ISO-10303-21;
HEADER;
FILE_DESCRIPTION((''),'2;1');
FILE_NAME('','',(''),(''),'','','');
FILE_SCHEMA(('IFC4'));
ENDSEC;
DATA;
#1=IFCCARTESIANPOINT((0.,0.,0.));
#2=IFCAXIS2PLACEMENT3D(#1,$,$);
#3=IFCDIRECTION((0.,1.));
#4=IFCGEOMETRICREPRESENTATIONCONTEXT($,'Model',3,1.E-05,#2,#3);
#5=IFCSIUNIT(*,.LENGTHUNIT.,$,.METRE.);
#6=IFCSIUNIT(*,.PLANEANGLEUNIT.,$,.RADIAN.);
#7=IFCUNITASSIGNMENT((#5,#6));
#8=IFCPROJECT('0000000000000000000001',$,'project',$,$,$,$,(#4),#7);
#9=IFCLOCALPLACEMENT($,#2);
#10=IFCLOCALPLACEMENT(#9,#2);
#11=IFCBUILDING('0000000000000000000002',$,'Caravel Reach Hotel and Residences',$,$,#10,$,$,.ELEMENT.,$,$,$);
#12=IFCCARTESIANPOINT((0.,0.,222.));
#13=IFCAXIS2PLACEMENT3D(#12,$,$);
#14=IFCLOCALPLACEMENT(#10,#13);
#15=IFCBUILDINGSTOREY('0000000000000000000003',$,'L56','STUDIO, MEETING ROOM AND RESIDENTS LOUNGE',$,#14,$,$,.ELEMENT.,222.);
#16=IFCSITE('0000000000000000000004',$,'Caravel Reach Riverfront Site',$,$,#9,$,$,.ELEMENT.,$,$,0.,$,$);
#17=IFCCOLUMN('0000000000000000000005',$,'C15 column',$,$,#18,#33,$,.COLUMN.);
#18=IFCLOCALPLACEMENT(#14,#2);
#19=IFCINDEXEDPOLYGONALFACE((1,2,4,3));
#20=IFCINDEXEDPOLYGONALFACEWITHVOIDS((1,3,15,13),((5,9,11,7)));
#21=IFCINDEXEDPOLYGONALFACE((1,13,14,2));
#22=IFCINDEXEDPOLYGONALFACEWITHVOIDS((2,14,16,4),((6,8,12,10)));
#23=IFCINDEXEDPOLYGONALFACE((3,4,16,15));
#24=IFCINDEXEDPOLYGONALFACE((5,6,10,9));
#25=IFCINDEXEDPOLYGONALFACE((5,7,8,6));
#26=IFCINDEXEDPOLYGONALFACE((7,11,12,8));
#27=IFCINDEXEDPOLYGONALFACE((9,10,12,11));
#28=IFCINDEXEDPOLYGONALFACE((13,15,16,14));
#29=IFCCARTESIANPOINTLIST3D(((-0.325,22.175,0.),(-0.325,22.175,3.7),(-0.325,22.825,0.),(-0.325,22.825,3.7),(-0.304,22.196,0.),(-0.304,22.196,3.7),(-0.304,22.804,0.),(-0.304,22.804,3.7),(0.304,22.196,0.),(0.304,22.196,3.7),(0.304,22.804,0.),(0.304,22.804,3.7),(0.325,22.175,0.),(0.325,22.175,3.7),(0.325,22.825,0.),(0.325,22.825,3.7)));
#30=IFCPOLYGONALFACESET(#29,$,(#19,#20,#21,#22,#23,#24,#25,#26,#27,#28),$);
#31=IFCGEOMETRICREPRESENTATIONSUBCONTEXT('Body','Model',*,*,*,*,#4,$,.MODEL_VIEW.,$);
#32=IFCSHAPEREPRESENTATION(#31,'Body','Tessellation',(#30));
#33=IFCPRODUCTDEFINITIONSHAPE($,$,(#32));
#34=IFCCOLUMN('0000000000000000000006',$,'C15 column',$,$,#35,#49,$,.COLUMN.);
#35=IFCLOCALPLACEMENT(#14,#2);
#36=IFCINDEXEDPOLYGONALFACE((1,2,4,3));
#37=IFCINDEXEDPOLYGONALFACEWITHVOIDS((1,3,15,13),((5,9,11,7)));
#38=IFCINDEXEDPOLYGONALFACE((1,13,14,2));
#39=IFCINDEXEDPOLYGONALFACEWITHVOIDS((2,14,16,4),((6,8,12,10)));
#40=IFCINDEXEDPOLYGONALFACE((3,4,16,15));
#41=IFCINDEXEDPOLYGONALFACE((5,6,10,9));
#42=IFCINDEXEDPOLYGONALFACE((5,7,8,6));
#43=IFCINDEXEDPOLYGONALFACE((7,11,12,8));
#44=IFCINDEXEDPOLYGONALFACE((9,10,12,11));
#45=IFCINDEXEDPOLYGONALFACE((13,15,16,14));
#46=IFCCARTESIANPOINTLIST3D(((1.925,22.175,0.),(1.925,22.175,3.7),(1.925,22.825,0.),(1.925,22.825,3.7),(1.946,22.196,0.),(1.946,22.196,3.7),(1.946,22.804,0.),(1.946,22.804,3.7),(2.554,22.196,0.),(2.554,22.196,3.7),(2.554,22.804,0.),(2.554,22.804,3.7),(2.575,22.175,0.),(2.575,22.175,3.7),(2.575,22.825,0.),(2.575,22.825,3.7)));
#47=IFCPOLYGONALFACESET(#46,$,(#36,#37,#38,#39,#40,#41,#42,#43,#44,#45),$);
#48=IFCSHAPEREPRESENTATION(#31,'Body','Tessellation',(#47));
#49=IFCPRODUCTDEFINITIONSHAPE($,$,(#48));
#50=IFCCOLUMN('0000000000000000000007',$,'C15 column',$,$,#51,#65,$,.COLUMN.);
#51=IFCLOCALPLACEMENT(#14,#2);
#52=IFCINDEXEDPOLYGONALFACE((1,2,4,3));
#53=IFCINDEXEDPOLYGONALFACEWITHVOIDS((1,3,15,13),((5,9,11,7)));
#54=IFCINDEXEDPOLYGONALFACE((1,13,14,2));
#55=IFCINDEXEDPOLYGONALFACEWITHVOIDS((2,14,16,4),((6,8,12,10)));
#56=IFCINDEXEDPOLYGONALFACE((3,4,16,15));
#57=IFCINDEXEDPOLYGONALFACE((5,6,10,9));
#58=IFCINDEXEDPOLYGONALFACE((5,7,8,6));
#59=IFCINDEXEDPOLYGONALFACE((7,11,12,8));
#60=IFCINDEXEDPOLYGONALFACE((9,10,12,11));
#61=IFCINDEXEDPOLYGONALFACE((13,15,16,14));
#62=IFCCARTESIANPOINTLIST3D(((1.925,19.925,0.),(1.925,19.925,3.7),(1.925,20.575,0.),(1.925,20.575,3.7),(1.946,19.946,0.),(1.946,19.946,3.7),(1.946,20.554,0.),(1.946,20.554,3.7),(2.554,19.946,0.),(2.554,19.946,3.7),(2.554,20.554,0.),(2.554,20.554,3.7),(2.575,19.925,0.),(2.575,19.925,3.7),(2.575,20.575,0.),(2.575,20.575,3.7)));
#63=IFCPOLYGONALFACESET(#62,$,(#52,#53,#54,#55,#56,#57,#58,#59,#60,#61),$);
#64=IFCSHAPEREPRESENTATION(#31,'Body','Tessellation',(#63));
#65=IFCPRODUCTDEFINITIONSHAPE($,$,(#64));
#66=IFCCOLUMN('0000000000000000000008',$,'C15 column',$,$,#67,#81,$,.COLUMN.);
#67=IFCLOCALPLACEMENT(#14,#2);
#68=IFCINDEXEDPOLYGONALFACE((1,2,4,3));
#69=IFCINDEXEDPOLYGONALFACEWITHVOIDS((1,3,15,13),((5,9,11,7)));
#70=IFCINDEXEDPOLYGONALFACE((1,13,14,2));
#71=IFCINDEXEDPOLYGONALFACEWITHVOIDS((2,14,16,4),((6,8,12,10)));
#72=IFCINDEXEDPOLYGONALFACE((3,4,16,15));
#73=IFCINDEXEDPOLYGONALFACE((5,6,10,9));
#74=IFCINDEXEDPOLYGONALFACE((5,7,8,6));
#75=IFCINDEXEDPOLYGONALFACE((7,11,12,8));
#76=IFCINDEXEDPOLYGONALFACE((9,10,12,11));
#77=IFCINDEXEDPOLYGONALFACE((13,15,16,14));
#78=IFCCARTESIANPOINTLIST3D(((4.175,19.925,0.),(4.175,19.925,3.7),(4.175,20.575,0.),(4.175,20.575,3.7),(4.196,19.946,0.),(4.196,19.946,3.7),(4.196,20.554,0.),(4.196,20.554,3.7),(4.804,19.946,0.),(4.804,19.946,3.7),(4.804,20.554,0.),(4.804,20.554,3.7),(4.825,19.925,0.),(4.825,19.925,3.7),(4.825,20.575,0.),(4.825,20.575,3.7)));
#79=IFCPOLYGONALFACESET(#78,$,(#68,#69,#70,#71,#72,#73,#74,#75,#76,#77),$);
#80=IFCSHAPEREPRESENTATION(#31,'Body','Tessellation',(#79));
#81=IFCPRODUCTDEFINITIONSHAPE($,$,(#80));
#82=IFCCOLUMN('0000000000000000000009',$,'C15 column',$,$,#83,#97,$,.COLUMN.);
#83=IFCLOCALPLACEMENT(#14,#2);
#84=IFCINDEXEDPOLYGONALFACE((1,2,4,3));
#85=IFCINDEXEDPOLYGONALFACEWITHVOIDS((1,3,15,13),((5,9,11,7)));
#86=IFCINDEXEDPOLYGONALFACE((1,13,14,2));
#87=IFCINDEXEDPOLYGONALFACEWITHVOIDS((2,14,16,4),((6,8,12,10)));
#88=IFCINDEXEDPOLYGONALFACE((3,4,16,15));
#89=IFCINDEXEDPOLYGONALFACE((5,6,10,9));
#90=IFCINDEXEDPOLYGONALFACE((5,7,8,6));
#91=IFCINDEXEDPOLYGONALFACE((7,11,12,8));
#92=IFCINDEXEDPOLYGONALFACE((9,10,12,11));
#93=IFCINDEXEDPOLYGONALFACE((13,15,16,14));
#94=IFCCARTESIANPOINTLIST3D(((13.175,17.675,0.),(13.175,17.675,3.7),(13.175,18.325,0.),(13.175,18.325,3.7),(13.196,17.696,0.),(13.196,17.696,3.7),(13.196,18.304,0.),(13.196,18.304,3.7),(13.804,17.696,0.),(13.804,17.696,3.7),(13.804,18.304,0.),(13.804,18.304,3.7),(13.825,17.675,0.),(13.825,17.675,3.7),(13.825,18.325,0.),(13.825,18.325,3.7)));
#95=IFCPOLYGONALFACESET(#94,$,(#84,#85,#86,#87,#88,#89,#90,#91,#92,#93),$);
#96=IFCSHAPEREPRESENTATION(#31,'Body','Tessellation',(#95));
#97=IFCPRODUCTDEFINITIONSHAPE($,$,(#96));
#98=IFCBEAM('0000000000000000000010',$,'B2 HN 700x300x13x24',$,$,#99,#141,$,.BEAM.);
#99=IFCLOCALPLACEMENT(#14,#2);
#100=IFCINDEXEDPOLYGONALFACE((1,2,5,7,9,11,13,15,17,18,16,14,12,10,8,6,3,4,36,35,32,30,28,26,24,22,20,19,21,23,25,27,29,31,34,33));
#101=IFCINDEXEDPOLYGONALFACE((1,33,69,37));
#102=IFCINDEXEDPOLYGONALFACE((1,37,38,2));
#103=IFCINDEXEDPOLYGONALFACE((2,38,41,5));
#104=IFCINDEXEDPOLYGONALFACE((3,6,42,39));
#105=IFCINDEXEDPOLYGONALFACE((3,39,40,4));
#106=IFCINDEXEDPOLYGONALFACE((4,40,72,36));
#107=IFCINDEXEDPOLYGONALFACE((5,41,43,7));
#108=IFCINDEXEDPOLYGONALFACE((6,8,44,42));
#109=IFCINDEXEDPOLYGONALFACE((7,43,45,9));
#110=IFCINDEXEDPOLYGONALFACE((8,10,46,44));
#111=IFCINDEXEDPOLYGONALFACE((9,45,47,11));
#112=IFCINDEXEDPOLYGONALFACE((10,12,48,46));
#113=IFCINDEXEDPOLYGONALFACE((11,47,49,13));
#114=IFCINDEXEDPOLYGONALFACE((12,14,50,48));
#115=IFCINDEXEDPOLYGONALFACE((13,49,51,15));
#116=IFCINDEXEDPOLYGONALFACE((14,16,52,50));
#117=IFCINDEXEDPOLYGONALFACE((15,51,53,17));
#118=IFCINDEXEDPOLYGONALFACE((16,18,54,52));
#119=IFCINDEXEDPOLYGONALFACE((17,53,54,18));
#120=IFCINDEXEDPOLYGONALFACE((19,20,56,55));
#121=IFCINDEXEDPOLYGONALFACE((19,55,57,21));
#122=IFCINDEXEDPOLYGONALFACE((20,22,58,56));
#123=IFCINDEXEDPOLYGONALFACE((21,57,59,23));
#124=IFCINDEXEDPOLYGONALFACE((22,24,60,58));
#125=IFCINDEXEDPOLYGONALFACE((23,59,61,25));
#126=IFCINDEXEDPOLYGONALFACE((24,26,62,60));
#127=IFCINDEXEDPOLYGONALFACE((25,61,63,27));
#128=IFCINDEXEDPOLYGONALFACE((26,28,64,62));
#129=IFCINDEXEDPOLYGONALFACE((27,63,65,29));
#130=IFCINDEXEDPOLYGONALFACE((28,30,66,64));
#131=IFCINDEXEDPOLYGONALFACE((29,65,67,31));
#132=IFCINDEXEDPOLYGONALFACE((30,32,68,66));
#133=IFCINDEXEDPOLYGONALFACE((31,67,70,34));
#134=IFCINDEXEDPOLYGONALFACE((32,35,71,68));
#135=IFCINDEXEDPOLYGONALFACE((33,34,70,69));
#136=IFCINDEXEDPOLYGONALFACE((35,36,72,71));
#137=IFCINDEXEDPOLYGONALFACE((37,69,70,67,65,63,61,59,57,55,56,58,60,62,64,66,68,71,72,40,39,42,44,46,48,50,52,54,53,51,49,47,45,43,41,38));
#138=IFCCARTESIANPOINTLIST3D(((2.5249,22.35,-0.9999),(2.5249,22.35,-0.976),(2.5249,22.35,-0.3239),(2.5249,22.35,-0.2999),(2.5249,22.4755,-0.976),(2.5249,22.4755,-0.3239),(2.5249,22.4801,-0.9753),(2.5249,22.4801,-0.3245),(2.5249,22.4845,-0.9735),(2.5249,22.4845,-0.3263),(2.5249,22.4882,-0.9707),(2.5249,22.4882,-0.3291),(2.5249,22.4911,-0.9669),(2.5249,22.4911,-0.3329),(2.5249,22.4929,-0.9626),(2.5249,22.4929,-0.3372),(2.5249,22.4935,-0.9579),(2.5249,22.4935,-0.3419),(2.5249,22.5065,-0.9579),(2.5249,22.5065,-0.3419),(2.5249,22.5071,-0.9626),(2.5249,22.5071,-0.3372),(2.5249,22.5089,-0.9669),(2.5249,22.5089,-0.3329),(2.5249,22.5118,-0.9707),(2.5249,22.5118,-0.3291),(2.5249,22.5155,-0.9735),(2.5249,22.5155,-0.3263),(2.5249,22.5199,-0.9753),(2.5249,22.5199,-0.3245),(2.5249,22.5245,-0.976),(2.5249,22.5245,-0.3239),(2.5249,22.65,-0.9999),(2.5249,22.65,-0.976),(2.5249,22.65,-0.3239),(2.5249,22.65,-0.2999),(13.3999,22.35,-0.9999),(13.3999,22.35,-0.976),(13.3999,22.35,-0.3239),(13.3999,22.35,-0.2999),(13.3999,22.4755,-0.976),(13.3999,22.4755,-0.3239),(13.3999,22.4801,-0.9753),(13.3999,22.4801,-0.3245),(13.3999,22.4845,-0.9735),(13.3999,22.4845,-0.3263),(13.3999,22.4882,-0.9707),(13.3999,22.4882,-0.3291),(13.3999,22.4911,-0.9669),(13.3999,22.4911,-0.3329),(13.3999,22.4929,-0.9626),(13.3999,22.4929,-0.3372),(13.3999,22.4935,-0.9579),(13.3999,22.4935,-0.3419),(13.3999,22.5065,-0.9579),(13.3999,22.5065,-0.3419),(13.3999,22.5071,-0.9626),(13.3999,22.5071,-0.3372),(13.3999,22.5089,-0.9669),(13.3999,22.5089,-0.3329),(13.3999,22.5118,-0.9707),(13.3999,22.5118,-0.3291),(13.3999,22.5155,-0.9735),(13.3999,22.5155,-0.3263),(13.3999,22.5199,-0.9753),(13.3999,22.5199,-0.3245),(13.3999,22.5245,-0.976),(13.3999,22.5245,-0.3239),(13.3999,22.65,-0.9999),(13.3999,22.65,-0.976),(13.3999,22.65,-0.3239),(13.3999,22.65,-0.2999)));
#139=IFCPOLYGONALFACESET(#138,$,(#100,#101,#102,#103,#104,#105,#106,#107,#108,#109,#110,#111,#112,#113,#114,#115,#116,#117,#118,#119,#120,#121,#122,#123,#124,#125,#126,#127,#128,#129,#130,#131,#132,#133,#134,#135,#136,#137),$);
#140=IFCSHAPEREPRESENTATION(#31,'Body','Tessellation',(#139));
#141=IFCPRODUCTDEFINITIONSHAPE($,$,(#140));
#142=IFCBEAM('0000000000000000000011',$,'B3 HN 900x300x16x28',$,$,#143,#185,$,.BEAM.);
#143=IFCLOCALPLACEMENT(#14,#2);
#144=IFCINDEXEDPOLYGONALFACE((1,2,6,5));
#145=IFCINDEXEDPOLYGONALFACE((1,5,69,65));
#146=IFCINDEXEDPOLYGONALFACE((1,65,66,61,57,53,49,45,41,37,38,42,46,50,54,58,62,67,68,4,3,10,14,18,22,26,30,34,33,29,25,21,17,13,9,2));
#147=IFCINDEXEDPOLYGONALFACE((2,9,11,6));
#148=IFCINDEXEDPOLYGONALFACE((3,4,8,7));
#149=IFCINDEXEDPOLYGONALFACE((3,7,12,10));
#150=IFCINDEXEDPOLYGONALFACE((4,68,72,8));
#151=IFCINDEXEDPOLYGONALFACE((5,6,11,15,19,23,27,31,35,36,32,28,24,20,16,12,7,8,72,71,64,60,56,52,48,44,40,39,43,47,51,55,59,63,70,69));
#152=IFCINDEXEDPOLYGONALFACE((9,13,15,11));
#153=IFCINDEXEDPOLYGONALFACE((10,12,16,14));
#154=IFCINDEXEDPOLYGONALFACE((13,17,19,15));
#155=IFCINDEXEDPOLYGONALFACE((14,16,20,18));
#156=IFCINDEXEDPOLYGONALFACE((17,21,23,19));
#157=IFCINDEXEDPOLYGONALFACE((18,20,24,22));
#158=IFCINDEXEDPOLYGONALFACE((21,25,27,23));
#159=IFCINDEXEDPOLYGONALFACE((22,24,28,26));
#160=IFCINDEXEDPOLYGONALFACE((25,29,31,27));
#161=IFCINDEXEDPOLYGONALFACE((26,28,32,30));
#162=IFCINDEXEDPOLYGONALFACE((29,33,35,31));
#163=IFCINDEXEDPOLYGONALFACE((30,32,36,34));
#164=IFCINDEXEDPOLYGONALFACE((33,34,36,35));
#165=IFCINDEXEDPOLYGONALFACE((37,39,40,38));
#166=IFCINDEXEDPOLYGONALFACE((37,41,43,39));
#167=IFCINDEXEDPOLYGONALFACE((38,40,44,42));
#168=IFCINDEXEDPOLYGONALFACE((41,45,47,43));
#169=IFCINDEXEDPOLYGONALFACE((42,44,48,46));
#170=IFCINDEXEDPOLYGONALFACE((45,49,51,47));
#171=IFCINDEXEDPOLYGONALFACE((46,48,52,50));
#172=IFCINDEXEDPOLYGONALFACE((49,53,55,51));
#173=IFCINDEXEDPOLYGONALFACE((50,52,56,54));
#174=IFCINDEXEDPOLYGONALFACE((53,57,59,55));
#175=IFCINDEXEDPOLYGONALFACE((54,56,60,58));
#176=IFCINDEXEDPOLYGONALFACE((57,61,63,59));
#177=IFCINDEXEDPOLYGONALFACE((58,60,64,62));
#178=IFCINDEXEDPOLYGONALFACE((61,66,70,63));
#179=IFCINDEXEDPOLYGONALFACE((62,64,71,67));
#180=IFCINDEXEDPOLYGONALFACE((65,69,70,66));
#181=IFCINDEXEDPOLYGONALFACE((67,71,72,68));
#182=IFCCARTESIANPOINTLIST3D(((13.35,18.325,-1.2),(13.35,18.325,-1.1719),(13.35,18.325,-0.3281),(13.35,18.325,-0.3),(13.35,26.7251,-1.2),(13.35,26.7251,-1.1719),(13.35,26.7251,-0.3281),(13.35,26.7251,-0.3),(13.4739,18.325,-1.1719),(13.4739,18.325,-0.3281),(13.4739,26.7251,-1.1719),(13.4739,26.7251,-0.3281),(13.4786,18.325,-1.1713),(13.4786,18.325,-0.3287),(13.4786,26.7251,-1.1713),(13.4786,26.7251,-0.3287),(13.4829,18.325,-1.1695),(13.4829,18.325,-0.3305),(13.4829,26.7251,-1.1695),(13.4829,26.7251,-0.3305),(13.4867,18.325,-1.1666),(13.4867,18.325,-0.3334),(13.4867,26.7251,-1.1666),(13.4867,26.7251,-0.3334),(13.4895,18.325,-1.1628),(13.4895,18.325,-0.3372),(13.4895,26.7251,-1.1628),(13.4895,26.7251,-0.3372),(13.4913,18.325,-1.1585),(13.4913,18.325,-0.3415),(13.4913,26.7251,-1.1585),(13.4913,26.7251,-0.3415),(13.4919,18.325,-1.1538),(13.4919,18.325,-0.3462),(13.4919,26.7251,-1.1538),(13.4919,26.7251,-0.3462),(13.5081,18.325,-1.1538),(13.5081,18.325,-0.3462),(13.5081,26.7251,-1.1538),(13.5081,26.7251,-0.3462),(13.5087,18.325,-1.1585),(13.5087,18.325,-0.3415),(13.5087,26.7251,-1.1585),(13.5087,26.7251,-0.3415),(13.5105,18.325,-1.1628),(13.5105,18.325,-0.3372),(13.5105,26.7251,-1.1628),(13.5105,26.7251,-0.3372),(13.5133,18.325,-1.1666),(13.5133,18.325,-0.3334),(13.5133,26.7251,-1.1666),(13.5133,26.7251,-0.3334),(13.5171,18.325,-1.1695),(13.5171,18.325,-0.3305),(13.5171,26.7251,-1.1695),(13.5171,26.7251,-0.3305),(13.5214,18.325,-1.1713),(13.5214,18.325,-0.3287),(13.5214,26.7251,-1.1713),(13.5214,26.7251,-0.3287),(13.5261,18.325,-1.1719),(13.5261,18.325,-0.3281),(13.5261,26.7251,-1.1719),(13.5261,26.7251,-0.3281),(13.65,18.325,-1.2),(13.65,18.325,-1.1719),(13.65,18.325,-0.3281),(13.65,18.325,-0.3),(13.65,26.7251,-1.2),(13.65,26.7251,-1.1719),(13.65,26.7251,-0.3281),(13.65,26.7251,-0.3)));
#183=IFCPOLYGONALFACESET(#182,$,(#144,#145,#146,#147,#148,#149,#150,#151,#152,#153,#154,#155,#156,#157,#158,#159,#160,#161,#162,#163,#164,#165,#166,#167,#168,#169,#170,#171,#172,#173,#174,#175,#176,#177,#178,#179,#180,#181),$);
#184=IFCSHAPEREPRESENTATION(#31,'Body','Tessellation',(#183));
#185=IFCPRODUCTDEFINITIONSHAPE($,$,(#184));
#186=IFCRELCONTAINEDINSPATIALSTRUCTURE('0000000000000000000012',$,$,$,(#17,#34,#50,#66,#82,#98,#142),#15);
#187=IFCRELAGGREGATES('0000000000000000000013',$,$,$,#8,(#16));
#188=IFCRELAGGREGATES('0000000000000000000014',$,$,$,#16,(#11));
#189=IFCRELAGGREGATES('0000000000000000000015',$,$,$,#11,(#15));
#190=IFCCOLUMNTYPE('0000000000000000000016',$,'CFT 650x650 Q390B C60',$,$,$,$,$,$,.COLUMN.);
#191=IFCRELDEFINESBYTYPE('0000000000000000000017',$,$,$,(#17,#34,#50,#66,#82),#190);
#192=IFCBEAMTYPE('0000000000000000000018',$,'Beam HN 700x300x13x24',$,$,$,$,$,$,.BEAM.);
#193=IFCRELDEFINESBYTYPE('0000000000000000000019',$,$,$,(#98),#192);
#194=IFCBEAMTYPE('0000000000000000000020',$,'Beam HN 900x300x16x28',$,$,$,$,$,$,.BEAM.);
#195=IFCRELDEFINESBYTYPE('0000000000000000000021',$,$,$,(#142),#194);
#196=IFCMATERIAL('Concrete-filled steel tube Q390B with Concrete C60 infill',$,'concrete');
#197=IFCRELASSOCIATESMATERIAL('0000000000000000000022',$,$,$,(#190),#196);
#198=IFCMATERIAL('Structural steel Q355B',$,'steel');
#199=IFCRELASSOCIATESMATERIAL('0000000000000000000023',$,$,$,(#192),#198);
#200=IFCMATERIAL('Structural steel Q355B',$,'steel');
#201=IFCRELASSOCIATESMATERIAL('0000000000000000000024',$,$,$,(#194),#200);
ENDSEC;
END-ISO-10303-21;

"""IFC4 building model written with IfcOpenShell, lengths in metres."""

from ifc_helpers import new_model, si_unit, direction, frame, origin, origin_2d, place, context, subcontext, project, spatial, hollow_rectangle, i_section, extrude, material, material_profile, profile_set, type_object, element, save


model = new_model("IFC4")

# Units and contexts
model_context = context("Model", 3, precision=1e-05, world=origin(), true_north=direction((0.0, 1.0)))
body_context = subcontext(model_context, "Body", "Model", "MODEL_VIEW")
ifc_project = project(units=[si_unit("LENGTHUNIT", "METRE"), si_unit("PLANEANGLEUNIT", "RADIAN")], contexts=[model_context])

# Site, building, storey
site_placement = place(None, origin())
site = spatial("IfcSite", under=ifc_project, at=site_placement, Name="Caravel Reach Riverfront Site", CompositionType="ELEMENT", RefElevation=0.0)
building_placement = place(site_placement, origin())
building = spatial("IfcBuilding", under=site, at=building_placement, Name="Caravel Reach Hotel and Residences", CompositionType="ELEMENT")
storey_placement = place(building_placement, frame((0.0, 0.0, 222.0)))
storey = spatial("IfcBuildingStorey", under=building, at=storey_placement, Name="L56", Description="STUDIO, MEETING ROOM AND RESIDENTS LOUNGE", CompositionType="ELEMENT", Elevation=222.0)

# Columns
ifc_material_1 = material(Name="Concrete-filled steel tube Q390B with Concrete C60 infill", Category="concrete")
ifc_material_profile_1 = material_profile(ifc_material_1, hollow_rectangle(XDim=0.6499, YDim=0.6499, WallThickness=0.021, at=origin_2d()), Name="RHS 650x650x21")
ifc_profile_set_1 = profile_set([ifc_material_profile_1], Name="Concrete-filled steel tube Q390B with Concrete C60 infill")
column_type = type_object("IfcColumnType", Name="CFT 650x650 Q390B C60", PredefinedType="COLUMN", material=ifc_profile_set_1)
for number, where, z_axis, x_axis, name in (
    (1, (0.0, 22.5, 0.0), (0.0, 0.0, 1.0), (1.0, 0.0, 0.0), "C15 column"),
    (2, (2.25, 22.5, 0.0), (0.0, 0.0, 1.0), (1.0, 0.0, 0.0), "C15 column"),
    (3, (2.25, 20.25, 0.0), (0.0, 0.0, 1.0), (1.0, 0.0, 0.0), "C15 column"),
    (4, (4.5, 20.25, 0.0), (0.0, 0.0, 1.0), (1.0, 0.0, 0.0), "C15 column"),
    (5, (13.5, 18.0, 0.0), (0.0, 0.0, 1.0), (1.0, 0.0, 0.0), "C15 column"),
):
    element("IfcColumn", number, at=place(storey_placement, frame(where, z_axis=z_axis, x_axis=x_axis)), inside=storey, type_object=column_type, Name=name, PredefinedType="COLUMN", context=body_context, shape_type="SweptSolid", body=[
        extrude(hollow_rectangle(XDim=0.6499, YDim=0.6499, WallThickness=0.021, at=origin_2d()), origin(), (0.0, 0.0, 1.0), 3.7),
    ])

# Beams
ifc_material_2 = material(Name="Structural steel Q355B", Category="steel")
ifc_material_profile_2 = material_profile(ifc_material_2, i_section(OverallWidth=0.3, OverallDepth=0.7, WebThickness=0.0129, FlangeThickness=0.0239, FilletRadius=0.0181, at=origin_2d()), Name="HN 700x300x13x24")
ifc_profile_set_2 = profile_set([ifc_material_profile_2], Name="Structural steel Q355B")
beam_type_1 = type_object("IfcBeamType", Name="Beam HN 700x300x13x24", PredefinedType="BEAM", material=ifc_profile_set_2)
beam_1_placement = place(storey_placement, frame((13.3999, 22.5, -0.6499), z_axis=(-1.0, 0.0, 0.0), x_axis=(0.0, -1.0, 0.0)))
element("IfcBeam", 6, at=beam_1_placement, inside=storey, type_object=beam_type_1, Name="B2 HN 700x300x13x24", PredefinedType="BEAM", context=body_context, shape_type="SweptSolid", body=[
    extrude(i_section(OverallWidth=0.3, OverallDepth=0.7, WebThickness=0.0129, FlangeThickness=0.0239, FilletRadius=0.0181, at=origin_2d()), origin(), (0.0, 0.0, 1.0), 10.875),
])
ifc_material_3 = material(Name="Structural steel Q355B", Category="steel")
ifc_material_profile_3 = material_profile(ifc_material_3, i_section(OverallWidth=0.3, OverallDepth=0.8999, WebThickness=0.0161, FlangeThickness=0.0281, FilletRadius=0.0181, at=origin_2d()), Name="HN 900x300x16x28")
ifc_profile_set_3 = profile_set([ifc_material_profile_3], Name="Structural steel Q355B")
beam_type_2 = type_object("IfcBeamType", Name="Beam HN 900x300x16x28", PredefinedType="BEAM", material=ifc_profile_set_3)
beam_2_placement = place(storey_placement, frame((13.5, 18.325, -0.75), z_axis=(0.0, 1.0, 0.0), x_axis=(-1.0, 0.0, 0.0)))
element("IfcBeam", 7, at=beam_2_placement, inside=storey, type_object=beam_type_2, Name="B3 HN 900x300x16x28", PredefinedType="BEAM", context=body_context, shape_type="SweptSolid", body=[
    extrude(i_section(OverallWidth=0.3, OverallDepth=0.8999, WebThickness=0.0161, FlangeThickness=0.0281, FilletRadius=0.0181, at=origin_2d()), origin(), (0.0, 0.0, 1.0), 8.4001),
])

save(model, "model.ifc")
